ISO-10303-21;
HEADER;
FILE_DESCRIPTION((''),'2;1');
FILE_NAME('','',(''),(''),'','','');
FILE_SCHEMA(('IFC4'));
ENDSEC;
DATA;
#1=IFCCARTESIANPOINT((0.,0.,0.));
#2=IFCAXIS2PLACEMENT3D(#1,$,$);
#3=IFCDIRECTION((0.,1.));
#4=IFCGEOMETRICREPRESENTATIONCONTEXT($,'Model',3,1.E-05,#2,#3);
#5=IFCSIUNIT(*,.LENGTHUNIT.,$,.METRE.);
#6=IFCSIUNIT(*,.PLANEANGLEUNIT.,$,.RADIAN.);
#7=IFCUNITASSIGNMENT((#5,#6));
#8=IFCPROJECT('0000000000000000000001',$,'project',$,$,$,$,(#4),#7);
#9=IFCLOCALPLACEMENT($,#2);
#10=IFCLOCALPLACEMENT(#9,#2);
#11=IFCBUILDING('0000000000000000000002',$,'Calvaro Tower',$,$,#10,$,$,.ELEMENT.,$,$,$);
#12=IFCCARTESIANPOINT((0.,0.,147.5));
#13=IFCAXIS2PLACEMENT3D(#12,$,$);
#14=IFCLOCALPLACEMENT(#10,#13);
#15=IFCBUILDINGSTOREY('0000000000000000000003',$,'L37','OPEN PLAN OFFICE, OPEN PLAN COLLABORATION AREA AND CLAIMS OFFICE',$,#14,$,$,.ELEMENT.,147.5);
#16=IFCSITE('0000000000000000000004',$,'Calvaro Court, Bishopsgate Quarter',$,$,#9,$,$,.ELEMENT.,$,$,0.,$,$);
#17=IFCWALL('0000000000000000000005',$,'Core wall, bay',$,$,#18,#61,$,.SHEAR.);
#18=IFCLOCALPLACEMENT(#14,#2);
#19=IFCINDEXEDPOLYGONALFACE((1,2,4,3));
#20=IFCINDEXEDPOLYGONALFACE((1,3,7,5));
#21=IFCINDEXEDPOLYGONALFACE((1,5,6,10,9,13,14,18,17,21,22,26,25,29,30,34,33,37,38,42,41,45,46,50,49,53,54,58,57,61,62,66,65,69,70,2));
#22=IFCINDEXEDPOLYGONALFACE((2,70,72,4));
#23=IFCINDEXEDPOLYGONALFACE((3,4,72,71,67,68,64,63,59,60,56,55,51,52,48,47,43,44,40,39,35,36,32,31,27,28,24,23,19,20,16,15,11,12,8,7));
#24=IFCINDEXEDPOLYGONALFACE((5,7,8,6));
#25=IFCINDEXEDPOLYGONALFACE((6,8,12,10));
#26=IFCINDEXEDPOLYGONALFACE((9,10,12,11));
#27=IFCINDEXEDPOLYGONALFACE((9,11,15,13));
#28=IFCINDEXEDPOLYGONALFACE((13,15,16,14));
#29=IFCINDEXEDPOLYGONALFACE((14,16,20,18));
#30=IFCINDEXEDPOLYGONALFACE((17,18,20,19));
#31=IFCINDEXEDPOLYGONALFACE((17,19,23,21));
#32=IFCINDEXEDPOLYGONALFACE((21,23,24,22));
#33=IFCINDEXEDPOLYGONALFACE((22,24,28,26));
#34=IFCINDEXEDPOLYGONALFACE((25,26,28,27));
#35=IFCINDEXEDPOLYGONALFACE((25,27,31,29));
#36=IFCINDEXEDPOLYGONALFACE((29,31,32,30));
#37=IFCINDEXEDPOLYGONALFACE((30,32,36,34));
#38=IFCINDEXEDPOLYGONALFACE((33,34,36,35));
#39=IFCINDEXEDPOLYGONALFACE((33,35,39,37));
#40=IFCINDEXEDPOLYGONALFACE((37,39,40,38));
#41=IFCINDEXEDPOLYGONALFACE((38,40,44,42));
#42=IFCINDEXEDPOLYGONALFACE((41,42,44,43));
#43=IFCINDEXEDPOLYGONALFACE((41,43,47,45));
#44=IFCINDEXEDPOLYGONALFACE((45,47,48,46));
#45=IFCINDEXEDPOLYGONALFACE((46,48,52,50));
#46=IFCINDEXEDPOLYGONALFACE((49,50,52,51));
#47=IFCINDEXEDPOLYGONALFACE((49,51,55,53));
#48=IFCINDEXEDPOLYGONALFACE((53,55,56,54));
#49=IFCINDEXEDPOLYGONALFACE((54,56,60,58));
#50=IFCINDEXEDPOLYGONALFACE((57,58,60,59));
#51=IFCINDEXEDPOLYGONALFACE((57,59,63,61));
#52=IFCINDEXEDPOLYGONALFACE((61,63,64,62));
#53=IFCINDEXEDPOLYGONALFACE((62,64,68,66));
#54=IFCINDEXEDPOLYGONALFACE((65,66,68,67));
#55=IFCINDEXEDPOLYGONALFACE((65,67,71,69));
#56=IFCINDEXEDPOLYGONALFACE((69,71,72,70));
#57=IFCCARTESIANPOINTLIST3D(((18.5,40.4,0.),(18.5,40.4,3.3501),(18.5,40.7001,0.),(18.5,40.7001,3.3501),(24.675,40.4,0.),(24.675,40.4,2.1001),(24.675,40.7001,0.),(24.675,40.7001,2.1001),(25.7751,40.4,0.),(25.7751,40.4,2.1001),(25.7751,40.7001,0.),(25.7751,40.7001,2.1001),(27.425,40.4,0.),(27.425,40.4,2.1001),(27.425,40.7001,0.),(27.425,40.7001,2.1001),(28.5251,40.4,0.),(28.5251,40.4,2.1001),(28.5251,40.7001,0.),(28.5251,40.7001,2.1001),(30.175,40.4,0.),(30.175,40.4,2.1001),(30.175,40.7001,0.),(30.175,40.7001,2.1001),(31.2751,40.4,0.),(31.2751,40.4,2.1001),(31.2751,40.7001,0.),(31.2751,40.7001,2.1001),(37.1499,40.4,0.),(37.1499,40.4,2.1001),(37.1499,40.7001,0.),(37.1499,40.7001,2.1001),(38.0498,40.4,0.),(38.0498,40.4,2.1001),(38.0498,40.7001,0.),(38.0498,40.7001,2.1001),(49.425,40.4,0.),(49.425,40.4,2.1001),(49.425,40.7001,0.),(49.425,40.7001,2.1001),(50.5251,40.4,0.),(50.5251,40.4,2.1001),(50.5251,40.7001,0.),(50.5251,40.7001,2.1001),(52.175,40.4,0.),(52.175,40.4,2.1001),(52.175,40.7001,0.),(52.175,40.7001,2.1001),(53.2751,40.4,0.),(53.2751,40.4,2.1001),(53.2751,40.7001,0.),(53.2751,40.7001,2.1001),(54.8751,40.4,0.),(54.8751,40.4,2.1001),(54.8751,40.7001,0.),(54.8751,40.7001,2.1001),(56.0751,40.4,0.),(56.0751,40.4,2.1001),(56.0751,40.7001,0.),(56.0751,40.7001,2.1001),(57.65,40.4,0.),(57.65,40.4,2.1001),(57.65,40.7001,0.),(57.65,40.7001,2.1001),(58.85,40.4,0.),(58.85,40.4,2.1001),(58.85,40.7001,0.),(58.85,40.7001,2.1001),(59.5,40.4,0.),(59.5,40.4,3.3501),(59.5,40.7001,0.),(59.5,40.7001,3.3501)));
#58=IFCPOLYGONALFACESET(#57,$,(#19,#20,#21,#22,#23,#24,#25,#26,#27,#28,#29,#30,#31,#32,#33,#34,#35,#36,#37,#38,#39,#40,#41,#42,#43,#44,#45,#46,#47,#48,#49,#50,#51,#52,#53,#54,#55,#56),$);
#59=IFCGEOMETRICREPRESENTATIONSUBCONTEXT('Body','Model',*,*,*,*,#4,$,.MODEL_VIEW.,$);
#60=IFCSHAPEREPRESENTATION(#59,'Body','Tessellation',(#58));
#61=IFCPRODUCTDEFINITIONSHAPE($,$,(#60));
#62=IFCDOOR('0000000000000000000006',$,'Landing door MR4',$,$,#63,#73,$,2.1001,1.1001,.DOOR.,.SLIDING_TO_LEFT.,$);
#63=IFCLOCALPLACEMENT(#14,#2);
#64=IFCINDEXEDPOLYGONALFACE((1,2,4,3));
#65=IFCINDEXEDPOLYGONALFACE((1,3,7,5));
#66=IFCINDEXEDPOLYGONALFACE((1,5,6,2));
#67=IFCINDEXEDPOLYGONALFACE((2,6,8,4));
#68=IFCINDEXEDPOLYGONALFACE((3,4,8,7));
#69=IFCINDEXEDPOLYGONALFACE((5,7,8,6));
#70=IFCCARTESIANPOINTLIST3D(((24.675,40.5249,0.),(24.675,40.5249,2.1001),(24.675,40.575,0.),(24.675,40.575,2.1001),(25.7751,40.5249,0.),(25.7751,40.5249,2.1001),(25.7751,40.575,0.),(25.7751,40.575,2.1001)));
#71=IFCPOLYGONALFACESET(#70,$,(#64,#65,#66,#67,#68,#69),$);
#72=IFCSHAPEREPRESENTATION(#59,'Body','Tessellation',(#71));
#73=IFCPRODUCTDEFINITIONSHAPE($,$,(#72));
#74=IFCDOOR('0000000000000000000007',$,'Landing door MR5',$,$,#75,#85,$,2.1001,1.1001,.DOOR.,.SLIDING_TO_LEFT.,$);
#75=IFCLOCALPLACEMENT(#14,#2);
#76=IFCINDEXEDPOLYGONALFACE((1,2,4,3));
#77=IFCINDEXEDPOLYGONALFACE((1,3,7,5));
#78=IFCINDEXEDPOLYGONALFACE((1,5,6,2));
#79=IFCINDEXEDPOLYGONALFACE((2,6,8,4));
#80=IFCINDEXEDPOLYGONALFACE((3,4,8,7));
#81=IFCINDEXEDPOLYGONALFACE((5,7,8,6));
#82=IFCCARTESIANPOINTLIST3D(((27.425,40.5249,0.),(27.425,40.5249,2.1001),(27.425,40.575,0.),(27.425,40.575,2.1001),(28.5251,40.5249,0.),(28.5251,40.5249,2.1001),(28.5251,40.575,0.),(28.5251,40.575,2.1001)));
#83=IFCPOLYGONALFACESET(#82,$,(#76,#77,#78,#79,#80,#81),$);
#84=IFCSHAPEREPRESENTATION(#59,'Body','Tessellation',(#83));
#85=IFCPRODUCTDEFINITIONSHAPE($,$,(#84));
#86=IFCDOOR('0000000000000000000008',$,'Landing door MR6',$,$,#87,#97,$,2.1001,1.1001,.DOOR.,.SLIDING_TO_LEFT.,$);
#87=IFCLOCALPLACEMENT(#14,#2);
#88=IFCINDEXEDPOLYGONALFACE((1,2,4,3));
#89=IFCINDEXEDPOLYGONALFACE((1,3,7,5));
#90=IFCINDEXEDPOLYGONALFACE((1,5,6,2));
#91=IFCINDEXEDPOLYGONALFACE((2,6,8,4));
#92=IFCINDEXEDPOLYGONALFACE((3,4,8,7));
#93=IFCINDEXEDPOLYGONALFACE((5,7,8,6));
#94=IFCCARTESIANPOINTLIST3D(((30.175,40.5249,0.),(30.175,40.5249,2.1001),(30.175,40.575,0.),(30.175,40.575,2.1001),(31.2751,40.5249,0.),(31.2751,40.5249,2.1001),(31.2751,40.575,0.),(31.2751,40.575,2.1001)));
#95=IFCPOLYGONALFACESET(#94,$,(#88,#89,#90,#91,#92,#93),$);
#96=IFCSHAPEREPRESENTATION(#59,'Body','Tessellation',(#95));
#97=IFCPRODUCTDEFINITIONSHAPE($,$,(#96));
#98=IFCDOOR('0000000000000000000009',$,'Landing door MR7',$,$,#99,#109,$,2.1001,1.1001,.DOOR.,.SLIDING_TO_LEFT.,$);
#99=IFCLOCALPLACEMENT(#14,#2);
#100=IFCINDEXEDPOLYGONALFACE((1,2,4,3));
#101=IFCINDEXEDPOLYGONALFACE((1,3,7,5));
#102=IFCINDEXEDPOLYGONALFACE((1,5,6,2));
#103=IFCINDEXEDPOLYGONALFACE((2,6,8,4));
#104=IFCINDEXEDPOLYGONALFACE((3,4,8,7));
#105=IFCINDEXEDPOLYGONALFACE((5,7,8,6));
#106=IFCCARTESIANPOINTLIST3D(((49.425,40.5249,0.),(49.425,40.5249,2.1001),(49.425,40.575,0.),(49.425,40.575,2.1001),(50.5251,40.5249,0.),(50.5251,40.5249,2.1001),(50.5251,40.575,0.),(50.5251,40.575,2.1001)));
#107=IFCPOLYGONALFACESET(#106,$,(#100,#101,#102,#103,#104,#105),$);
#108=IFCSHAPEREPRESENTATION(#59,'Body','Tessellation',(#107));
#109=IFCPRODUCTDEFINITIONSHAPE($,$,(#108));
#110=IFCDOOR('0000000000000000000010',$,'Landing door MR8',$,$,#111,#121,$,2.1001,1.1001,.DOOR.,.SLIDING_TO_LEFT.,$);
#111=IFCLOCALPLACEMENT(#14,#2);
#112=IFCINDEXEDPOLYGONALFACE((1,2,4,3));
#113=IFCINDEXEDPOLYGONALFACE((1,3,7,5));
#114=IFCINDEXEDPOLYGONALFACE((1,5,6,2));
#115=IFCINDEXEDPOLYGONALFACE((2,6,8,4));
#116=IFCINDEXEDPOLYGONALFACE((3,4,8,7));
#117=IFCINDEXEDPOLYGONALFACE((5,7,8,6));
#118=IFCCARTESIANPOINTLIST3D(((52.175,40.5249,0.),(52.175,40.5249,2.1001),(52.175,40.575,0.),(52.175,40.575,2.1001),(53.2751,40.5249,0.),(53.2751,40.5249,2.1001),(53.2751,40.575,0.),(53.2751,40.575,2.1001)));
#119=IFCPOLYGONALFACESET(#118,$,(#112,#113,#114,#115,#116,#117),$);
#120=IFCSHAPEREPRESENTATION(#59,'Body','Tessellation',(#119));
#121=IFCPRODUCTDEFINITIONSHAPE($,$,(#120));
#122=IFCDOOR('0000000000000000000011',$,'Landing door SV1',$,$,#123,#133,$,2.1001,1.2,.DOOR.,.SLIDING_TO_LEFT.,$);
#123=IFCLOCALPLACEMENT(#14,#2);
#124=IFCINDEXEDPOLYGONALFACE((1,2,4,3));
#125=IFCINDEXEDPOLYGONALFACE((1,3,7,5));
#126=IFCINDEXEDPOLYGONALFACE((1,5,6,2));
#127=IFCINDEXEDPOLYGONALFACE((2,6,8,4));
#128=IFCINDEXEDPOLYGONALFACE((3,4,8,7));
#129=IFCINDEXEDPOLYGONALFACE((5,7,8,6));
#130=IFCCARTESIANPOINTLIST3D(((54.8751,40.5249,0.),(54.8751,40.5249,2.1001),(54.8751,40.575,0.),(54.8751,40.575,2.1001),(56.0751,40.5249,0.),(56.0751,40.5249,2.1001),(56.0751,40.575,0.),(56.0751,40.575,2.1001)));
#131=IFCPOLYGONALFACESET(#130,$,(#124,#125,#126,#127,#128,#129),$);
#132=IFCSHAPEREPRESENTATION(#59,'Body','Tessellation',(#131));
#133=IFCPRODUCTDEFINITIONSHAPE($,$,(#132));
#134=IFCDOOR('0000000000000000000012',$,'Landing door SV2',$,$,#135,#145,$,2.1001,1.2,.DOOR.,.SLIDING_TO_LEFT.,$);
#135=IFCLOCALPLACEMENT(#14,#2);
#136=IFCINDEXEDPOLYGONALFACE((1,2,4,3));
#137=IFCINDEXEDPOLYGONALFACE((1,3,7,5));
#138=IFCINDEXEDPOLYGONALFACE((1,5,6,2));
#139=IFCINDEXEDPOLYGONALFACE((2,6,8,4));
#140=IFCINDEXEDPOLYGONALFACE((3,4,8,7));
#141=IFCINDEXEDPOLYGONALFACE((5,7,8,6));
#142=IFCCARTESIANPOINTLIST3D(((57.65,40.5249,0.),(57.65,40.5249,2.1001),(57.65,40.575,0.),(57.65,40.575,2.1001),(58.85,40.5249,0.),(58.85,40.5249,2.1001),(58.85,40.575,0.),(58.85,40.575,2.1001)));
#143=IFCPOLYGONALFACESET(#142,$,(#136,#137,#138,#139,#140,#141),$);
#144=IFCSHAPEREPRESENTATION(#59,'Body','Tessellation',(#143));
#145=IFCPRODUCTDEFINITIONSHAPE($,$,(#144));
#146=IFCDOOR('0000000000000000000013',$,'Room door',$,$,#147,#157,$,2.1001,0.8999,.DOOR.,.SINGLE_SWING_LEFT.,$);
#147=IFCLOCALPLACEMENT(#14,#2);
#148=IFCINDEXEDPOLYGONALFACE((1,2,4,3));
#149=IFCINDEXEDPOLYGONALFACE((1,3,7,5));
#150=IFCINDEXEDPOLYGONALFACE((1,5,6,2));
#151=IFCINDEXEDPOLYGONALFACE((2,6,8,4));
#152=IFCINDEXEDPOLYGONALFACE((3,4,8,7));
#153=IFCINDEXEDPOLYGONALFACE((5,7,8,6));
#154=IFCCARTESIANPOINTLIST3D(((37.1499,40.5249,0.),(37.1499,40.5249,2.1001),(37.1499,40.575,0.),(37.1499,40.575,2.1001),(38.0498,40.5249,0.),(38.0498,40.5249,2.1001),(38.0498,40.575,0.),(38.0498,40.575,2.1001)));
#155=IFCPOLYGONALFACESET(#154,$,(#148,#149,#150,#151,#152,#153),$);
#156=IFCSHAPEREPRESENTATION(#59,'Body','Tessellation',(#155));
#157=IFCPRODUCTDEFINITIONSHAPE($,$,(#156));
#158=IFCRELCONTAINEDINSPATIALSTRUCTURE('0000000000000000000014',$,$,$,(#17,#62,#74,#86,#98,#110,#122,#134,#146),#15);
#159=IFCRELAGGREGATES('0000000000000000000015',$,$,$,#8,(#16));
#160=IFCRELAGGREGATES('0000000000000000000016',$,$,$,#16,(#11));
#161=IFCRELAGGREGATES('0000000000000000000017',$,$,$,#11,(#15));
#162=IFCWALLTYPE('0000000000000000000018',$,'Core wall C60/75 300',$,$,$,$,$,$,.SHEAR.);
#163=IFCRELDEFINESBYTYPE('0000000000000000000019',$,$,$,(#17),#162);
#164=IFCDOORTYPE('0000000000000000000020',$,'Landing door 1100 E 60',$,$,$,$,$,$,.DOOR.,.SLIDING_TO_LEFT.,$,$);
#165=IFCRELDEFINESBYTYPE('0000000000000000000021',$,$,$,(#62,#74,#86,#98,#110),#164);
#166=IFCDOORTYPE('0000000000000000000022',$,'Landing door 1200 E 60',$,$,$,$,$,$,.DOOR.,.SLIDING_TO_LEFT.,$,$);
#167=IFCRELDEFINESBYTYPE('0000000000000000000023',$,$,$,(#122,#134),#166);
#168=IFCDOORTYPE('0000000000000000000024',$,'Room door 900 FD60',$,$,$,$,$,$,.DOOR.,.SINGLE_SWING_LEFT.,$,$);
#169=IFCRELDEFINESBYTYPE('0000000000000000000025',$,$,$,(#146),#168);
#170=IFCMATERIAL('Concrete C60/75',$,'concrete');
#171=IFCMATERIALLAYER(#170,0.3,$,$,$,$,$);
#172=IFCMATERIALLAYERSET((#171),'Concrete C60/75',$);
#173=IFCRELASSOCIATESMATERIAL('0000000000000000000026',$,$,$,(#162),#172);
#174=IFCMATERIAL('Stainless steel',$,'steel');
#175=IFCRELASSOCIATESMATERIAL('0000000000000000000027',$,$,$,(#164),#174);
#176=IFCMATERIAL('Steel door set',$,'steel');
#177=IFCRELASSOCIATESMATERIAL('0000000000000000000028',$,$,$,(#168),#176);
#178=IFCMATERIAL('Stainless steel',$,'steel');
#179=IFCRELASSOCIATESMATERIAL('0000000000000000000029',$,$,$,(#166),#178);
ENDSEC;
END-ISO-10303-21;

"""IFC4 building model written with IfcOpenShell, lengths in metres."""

from ifc_helpers import new_model, si_unit, direction, frame, frame_2d, origin, place, context, subcontext, project, spatial, rectangle, extrude, material, layer, layer_set, type_object, element, fill, save


model = new_model("IFC4")

# Units and contexts
model_context = context("Model", 3, precision=1e-05, world=origin(), true_north=direction((0.0, 1.0)))
body_context = subcontext(model_context, "Body", "Model", "MODEL_VIEW")
ifc_project = project(units=[si_unit("LENGTHUNIT", "METRE"), si_unit("PLANEANGLEUNIT", "RADIAN")], contexts=[model_context])

# Site, building, storey
site_placement = place(None, origin())
site = spatial("IfcSite", under=ifc_project, at=site_placement, Name="Calvaro Court, Bishopsgate Quarter", CompositionType="ELEMENT", RefElevation=0.0)
building_placement = place(site_placement, origin())
building = spatial("IfcBuilding", under=site, at=building_placement, Name="Calvaro Tower", CompositionType="ELEMENT")
storey_placement = place(building_placement, frame((0.0, 0.0, 147.5)))
storey = spatial("IfcBuildingStorey", under=building, at=storey_placement, Name="L37", Description="OPEN PLAN OFFICE, OPEN PLAN COLLABORATION AREA AND CLAIMS OFFICE", CompositionType="ELEMENT", Elevation=147.5)

# Shared definitions
ifc_material_1 = material(Name="Concrete C60/75", Category="concrete")
ifc_layer_1 = layer(ifc_material_1, 0.3)
ifc_layer_set_1 = layer_set([ifc_layer_1], Name="Concrete C60/75")
wall_type_1 = type_object("IfcWallType", Name="Core wall C60/75 300", PredefinedType="SHEAR", material=ifc_layer_set_1)
ifc_material_2 = material(Name="Stainless steel", Category="steel")
door_type_1 = type_object("IfcDoorType", Name="Landing door 1100 E 60", OperationType="SLIDING_TO_LEFT", PredefinedType="DOOR", material=ifc_material_2)
ifc_material_3 = material(Name="Steel door set", Category="steel")
door_type_2 = type_object("IfcDoorType", Name="Room door 900 FD60", OperationType="SINGLE_SWING_LEFT", PredefinedType="DOOR", material=ifc_material_3)

# Wall, openings, doors
wall_1_placement = place(storey_placement, frame((18.5, 40.55, 0.0), z_axis=(0.0, 0.0, 1.0), x_axis=(1.0, 0.0, 0.0)))
wall_1 = element("IfcWall", 1, at=wall_1_placement, inside=storey, type_object=wall_type_1, Name="Core wall, bay", PredefinedType="SHEAR", context=body_context, shape_type="SweptSolid", body=[
    extrude(rectangle(XDim=41.0, YDim=0.3, at=frame_2d((20.5, 0.0))), origin(), (0.0, 0.0, 1.0), 3.3501),
])
opening_1_placement = place(wall_1_placement, frame((18.6499, 0.0, 0.0)))
opening_1 = element("IfcOpeningElement", 2, at=opening_1_placement, cuts=wall_1, PredefinedType="OPENING", context=body_context, shape_type="SweptSolid", body=[
    extrude(rectangle(XDim=0.8999, YDim=2.1001, at=frame_2d((0.45, 1.05))), frame((0.0, 0.1599, 0.0), z_axis=(0.0, -1.0, 0.0), x_axis=(1.0, 0.0, 0.0)), (0.0, 0.0, 1.0), 0.3201),
])
opening_2_placement = place(wall_1_placement, frame((6.175, 0.0, 0.0)))
opening_2 = element("IfcOpeningElement", 3, at=opening_2_placement, cuts=wall_1, PredefinedType="OPENING", context=body_context, shape_type="SweptSolid", body=[
    extrude(rectangle(XDim=1.1001, YDim=2.1001, at=frame_2d((0.55, 1.05))), frame((0.0, 0.1599, 0.0), z_axis=(0.0, -1.0, 0.0), x_axis=(1.0, 0.0, 0.0)), (0.0, 0.0, 1.0), 0.3201),
])
opening_3_placement = place(wall_1_placement, frame((8.925, 0.0, 0.0)))
opening_3 = element("IfcOpeningElement", 4, at=opening_3_placement, cuts=wall_1, PredefinedType="OPENING", context=body_context, shape_type="SweptSolid", body=[
    extrude(rectangle(XDim=1.1001, YDim=2.1001, at=frame_2d((0.55, 1.05))), frame((0.0, 0.1599, 0.0), z_axis=(0.0, -1.0, 0.0), x_axis=(1.0, 0.0, 0.0)), (0.0, 0.0, 1.0), 0.3201),
])
opening_4_placement = place(wall_1_placement, frame((11.675, 0.0, 0.0)))
opening_4 = element("IfcOpeningElement", 5, at=opening_4_placement, cuts=wall_1, PredefinedType="OPENING", context=body_context, shape_type="SweptSolid", body=[
    extrude(rectangle(XDim=1.1001, YDim=2.1001, at=frame_2d((0.55, 1.05))), frame((0.0, 0.1599, 0.0), z_axis=(0.0, -1.0, 0.0), x_axis=(1.0, 0.0, 0.0)), (0.0, 0.0, 1.0), 0.3201),
])
opening_5_placement = place(wall_1_placement, frame((30.925, 0.0, 0.0)))
opening_5 = element("IfcOpeningElement", 6, at=opening_5_placement, cuts=wall_1, PredefinedType="OPENING", context=body_context, shape_type="SweptSolid", body=[
    extrude(rectangle(XDim=1.1001, YDim=2.1001, at=frame_2d((0.55, 1.05))), frame((0.0, 0.1599, 0.0), z_axis=(0.0, -1.0, 0.0), x_axis=(1.0, 0.0, 0.0)), (0.0, 0.0, 1.0), 0.3201),
])
opening_6_placement = place(wall_1_placement, frame((33.675, 0.0, 0.0)))
opening_6 = element("IfcOpeningElement", 7, at=opening_6_placement, cuts=wall_1, PredefinedType="OPENING", context=body_context, shape_type="SweptSolid", body=[
    extrude(rectangle(XDim=1.1001, YDim=2.1001, at=frame_2d((0.55, 1.05))), frame((0.0, 0.1599, 0.0), z_axis=(0.0, -1.0, 0.0), x_axis=(1.0, 0.0, 0.0)), (0.0, 0.0, 1.0), 0.3201),
])
opening_7_placement = place(wall_1_placement, frame((36.375, 0.0, 0.0)))
opening_7 = element("IfcOpeningElement", 8, at=opening_7_placement, cuts=wall_1, PredefinedType="OPENING", context=body_context, shape_type="SweptSolid", body=[
    extrude(rectangle(XDim=1.2, YDim=2.1001, at=frame_2d((0.6001, 1.05))), frame((0.0, 0.1599, 0.0), z_axis=(0.0, -1.0, 0.0), x_axis=(1.0, 0.0, 0.0)), (0.0, 0.0, 1.0), 0.3201),
])
opening_8_placement = place(wall_1_placement, frame((39.1499, 0.0, 0.0)))
opening_8 = element("IfcOpeningElement", 9, at=opening_8_placement, cuts=wall_1, PredefinedType="OPENING", context=body_context, shape_type="SweptSolid", body=[
    extrude(rectangle(XDim=1.2, YDim=2.1001, at=frame_2d((0.6001, 1.05))), frame((0.0, 0.1599, 0.0), z_axis=(0.0, -1.0, 0.0), x_axis=(1.0, 0.0, 0.0)), (0.0, 0.0, 1.0), 0.3201),
])
door_1_placement = place(opening_2_placement, origin())
door_1 = element("IfcDoor", 10, at=door_1_placement, inside=storey, type_object=door_type_1, Name="Landing door MR4", OperationType="SLIDING_TO_LEFT", OverallHeight=2.1001, OverallWidth=1.1001, PredefinedType="DOOR", context=body_context, shape_type="SweptSolid", body=[
    extrude(rectangle(XDim=1.1001, YDim=2.1001, at=frame_2d((0.55, 1.05))), frame((0.0, 0.0249, 0.0), z_axis=(0.0, -1.0, 0.0), x_axis=(1.0, 0.0, 0.0)), (0.0, 0.0, 1.0), 0.05),
])
fill(opening_2, door_1)
door_2_placement = place(opening_3_placement, origin())
door_2 = element("IfcDoor", 11, at=door_2_placement, inside=storey, type_object=door_type_1, Name="Landing door MR5", OperationType="SLIDING_TO_LEFT", OverallHeight=2.1001, OverallWidth=1.1001, PredefinedType="DOOR", context=body_context, shape_type="SweptSolid", body=[
    extrude(rectangle(XDim=1.1001, YDim=2.1001, at=frame_2d((0.55, 1.05))), frame((0.0, 0.0249, 0.0), z_axis=(0.0, -1.0, 0.0), x_axis=(1.0, 0.0, 0.0)), (0.0, 0.0, 1.0), 0.05),
])
fill(opening_3, door_2)
door_3_placement = place(opening_4_placement, origin())
door_3 = element("IfcDoor", 12, at=door_3_placement, inside=storey, type_object=door_type_1, Name="Landing door MR6", OperationType="SLIDING_TO_LEFT", OverallHeight=2.1001, OverallWidth=1.1001, PredefinedType="DOOR", context=body_context, shape_type="SweptSolid", body=[
    extrude(rectangle(XDim=1.1001, YDim=2.1001, at=frame_2d((0.55, 1.05))), frame((0.0, 0.0249, 0.0), z_axis=(0.0, -1.0, 0.0), x_axis=(1.0, 0.0, 0.0)), (0.0, 0.0, 1.0), 0.05),
])
fill(opening_4, door_3)
door_4_placement = place(opening_5_placement, origin())
door_4 = element("IfcDoor", 13, at=door_4_placement, inside=storey, type_object=door_type_1, Name="Landing door MR7", OperationType="SLIDING_TO_LEFT", OverallHeight=2.1001, OverallWidth=1.1001, PredefinedType="DOOR", context=body_context, shape_type="SweptSolid", body=[
    extrude(rectangle(XDim=1.1001, YDim=2.1001, at=frame_2d((0.55, 1.05))), frame((0.0, 0.0249, 0.0), z_axis=(0.0, -1.0, 0.0), x_axis=(1.0, 0.0, 0.0)), (0.0, 0.0, 1.0), 0.05),
])
fill(opening_5, door_4)
door_5_placement = place(opening_6_placement, origin())
door_5 = element("IfcDoor", 14, at=door_5_placement, inside=storey, type_object=door_type_1, Name="Landing door MR8", OperationType="SLIDING_TO_LEFT", OverallHeight=2.1001, OverallWidth=1.1001, PredefinedType="DOOR", context=body_context, shape_type="SweptSolid", body=[
    extrude(rectangle(XDim=1.1001, YDim=2.1001, at=frame_2d((0.55, 1.05))), frame((0.0, 0.0249, 0.0), z_axis=(0.0, -1.0, 0.0), x_axis=(1.0, 0.0, 0.0)), (0.0, 0.0, 1.0), 0.05),
])
fill(opening_6, door_5)
ifc_material_4 = material(Name="Stainless steel", Category="steel")
door_type_3 = type_object("IfcDoorType", Name="Landing door 1200 E 60", OperationType="SLIDING_TO_LEFT", PredefinedType="DOOR", material=ifc_material_4)
door_6_placement = place(opening_7_placement, origin())
door_6 = element("IfcDoor", 15, at=door_6_placement, inside=storey, type_object=door_type_3, Name="Landing door SV1", OperationType="SLIDING_TO_LEFT", OverallHeight=2.1001, OverallWidth=1.2, PredefinedType="DOOR", context=body_context, shape_type="SweptSolid", body=[
    extrude(rectangle(XDim=1.2, YDim=2.1001, at=frame_2d((0.6001, 1.05))), frame((0.0, 0.0249, 0.0), z_axis=(0.0, -1.0, 0.0), x_axis=(1.0, 0.0, 0.0)), (0.0, 0.0, 1.0), 0.05),
])
fill(opening_7, door_6)
door_7_placement = place(opening_8_placement, origin())
door_7 = element("IfcDoor", 16, at=door_7_placement, inside=storey, type_object=door_type_3, Name="Landing door SV2", OperationType="SLIDING_TO_LEFT", OverallHeight=2.1001, OverallWidth=1.2, PredefinedType="DOOR", context=body_context, shape_type="SweptSolid", body=[
    extrude(rectangle(XDim=1.2, YDim=2.1001, at=frame_2d((0.6001, 1.05))), frame((0.0, 0.0249, 0.0), z_axis=(0.0, -1.0, 0.0), x_axis=(1.0, 0.0, 0.0)), (0.0, 0.0, 1.0), 0.05),
])
fill(opening_8, door_7)
door_8_placement = place(opening_1_placement, origin())
door_8 = element("IfcDoor", 17, at=door_8_placement, inside=storey, type_object=door_type_2, Name="Room door", OperationType="SINGLE_SWING_LEFT", OverallHeight=2.1001, OverallWidth=0.8999, PredefinedType="DOOR", context=body_context, shape_type="SweptSolid", body=[
    extrude(rectangle(XDim=0.8999, YDim=2.1001, at=frame_2d((0.45, 1.05))), frame((0.0, 0.0249, 0.0), z_axis=(0.0, -1.0, 0.0), x_axis=(1.0, 0.0, 0.0)), (0.0, 0.0, 1.0), 0.05),
])
fill(opening_1, door_8)

save(model, "model.ifc")
